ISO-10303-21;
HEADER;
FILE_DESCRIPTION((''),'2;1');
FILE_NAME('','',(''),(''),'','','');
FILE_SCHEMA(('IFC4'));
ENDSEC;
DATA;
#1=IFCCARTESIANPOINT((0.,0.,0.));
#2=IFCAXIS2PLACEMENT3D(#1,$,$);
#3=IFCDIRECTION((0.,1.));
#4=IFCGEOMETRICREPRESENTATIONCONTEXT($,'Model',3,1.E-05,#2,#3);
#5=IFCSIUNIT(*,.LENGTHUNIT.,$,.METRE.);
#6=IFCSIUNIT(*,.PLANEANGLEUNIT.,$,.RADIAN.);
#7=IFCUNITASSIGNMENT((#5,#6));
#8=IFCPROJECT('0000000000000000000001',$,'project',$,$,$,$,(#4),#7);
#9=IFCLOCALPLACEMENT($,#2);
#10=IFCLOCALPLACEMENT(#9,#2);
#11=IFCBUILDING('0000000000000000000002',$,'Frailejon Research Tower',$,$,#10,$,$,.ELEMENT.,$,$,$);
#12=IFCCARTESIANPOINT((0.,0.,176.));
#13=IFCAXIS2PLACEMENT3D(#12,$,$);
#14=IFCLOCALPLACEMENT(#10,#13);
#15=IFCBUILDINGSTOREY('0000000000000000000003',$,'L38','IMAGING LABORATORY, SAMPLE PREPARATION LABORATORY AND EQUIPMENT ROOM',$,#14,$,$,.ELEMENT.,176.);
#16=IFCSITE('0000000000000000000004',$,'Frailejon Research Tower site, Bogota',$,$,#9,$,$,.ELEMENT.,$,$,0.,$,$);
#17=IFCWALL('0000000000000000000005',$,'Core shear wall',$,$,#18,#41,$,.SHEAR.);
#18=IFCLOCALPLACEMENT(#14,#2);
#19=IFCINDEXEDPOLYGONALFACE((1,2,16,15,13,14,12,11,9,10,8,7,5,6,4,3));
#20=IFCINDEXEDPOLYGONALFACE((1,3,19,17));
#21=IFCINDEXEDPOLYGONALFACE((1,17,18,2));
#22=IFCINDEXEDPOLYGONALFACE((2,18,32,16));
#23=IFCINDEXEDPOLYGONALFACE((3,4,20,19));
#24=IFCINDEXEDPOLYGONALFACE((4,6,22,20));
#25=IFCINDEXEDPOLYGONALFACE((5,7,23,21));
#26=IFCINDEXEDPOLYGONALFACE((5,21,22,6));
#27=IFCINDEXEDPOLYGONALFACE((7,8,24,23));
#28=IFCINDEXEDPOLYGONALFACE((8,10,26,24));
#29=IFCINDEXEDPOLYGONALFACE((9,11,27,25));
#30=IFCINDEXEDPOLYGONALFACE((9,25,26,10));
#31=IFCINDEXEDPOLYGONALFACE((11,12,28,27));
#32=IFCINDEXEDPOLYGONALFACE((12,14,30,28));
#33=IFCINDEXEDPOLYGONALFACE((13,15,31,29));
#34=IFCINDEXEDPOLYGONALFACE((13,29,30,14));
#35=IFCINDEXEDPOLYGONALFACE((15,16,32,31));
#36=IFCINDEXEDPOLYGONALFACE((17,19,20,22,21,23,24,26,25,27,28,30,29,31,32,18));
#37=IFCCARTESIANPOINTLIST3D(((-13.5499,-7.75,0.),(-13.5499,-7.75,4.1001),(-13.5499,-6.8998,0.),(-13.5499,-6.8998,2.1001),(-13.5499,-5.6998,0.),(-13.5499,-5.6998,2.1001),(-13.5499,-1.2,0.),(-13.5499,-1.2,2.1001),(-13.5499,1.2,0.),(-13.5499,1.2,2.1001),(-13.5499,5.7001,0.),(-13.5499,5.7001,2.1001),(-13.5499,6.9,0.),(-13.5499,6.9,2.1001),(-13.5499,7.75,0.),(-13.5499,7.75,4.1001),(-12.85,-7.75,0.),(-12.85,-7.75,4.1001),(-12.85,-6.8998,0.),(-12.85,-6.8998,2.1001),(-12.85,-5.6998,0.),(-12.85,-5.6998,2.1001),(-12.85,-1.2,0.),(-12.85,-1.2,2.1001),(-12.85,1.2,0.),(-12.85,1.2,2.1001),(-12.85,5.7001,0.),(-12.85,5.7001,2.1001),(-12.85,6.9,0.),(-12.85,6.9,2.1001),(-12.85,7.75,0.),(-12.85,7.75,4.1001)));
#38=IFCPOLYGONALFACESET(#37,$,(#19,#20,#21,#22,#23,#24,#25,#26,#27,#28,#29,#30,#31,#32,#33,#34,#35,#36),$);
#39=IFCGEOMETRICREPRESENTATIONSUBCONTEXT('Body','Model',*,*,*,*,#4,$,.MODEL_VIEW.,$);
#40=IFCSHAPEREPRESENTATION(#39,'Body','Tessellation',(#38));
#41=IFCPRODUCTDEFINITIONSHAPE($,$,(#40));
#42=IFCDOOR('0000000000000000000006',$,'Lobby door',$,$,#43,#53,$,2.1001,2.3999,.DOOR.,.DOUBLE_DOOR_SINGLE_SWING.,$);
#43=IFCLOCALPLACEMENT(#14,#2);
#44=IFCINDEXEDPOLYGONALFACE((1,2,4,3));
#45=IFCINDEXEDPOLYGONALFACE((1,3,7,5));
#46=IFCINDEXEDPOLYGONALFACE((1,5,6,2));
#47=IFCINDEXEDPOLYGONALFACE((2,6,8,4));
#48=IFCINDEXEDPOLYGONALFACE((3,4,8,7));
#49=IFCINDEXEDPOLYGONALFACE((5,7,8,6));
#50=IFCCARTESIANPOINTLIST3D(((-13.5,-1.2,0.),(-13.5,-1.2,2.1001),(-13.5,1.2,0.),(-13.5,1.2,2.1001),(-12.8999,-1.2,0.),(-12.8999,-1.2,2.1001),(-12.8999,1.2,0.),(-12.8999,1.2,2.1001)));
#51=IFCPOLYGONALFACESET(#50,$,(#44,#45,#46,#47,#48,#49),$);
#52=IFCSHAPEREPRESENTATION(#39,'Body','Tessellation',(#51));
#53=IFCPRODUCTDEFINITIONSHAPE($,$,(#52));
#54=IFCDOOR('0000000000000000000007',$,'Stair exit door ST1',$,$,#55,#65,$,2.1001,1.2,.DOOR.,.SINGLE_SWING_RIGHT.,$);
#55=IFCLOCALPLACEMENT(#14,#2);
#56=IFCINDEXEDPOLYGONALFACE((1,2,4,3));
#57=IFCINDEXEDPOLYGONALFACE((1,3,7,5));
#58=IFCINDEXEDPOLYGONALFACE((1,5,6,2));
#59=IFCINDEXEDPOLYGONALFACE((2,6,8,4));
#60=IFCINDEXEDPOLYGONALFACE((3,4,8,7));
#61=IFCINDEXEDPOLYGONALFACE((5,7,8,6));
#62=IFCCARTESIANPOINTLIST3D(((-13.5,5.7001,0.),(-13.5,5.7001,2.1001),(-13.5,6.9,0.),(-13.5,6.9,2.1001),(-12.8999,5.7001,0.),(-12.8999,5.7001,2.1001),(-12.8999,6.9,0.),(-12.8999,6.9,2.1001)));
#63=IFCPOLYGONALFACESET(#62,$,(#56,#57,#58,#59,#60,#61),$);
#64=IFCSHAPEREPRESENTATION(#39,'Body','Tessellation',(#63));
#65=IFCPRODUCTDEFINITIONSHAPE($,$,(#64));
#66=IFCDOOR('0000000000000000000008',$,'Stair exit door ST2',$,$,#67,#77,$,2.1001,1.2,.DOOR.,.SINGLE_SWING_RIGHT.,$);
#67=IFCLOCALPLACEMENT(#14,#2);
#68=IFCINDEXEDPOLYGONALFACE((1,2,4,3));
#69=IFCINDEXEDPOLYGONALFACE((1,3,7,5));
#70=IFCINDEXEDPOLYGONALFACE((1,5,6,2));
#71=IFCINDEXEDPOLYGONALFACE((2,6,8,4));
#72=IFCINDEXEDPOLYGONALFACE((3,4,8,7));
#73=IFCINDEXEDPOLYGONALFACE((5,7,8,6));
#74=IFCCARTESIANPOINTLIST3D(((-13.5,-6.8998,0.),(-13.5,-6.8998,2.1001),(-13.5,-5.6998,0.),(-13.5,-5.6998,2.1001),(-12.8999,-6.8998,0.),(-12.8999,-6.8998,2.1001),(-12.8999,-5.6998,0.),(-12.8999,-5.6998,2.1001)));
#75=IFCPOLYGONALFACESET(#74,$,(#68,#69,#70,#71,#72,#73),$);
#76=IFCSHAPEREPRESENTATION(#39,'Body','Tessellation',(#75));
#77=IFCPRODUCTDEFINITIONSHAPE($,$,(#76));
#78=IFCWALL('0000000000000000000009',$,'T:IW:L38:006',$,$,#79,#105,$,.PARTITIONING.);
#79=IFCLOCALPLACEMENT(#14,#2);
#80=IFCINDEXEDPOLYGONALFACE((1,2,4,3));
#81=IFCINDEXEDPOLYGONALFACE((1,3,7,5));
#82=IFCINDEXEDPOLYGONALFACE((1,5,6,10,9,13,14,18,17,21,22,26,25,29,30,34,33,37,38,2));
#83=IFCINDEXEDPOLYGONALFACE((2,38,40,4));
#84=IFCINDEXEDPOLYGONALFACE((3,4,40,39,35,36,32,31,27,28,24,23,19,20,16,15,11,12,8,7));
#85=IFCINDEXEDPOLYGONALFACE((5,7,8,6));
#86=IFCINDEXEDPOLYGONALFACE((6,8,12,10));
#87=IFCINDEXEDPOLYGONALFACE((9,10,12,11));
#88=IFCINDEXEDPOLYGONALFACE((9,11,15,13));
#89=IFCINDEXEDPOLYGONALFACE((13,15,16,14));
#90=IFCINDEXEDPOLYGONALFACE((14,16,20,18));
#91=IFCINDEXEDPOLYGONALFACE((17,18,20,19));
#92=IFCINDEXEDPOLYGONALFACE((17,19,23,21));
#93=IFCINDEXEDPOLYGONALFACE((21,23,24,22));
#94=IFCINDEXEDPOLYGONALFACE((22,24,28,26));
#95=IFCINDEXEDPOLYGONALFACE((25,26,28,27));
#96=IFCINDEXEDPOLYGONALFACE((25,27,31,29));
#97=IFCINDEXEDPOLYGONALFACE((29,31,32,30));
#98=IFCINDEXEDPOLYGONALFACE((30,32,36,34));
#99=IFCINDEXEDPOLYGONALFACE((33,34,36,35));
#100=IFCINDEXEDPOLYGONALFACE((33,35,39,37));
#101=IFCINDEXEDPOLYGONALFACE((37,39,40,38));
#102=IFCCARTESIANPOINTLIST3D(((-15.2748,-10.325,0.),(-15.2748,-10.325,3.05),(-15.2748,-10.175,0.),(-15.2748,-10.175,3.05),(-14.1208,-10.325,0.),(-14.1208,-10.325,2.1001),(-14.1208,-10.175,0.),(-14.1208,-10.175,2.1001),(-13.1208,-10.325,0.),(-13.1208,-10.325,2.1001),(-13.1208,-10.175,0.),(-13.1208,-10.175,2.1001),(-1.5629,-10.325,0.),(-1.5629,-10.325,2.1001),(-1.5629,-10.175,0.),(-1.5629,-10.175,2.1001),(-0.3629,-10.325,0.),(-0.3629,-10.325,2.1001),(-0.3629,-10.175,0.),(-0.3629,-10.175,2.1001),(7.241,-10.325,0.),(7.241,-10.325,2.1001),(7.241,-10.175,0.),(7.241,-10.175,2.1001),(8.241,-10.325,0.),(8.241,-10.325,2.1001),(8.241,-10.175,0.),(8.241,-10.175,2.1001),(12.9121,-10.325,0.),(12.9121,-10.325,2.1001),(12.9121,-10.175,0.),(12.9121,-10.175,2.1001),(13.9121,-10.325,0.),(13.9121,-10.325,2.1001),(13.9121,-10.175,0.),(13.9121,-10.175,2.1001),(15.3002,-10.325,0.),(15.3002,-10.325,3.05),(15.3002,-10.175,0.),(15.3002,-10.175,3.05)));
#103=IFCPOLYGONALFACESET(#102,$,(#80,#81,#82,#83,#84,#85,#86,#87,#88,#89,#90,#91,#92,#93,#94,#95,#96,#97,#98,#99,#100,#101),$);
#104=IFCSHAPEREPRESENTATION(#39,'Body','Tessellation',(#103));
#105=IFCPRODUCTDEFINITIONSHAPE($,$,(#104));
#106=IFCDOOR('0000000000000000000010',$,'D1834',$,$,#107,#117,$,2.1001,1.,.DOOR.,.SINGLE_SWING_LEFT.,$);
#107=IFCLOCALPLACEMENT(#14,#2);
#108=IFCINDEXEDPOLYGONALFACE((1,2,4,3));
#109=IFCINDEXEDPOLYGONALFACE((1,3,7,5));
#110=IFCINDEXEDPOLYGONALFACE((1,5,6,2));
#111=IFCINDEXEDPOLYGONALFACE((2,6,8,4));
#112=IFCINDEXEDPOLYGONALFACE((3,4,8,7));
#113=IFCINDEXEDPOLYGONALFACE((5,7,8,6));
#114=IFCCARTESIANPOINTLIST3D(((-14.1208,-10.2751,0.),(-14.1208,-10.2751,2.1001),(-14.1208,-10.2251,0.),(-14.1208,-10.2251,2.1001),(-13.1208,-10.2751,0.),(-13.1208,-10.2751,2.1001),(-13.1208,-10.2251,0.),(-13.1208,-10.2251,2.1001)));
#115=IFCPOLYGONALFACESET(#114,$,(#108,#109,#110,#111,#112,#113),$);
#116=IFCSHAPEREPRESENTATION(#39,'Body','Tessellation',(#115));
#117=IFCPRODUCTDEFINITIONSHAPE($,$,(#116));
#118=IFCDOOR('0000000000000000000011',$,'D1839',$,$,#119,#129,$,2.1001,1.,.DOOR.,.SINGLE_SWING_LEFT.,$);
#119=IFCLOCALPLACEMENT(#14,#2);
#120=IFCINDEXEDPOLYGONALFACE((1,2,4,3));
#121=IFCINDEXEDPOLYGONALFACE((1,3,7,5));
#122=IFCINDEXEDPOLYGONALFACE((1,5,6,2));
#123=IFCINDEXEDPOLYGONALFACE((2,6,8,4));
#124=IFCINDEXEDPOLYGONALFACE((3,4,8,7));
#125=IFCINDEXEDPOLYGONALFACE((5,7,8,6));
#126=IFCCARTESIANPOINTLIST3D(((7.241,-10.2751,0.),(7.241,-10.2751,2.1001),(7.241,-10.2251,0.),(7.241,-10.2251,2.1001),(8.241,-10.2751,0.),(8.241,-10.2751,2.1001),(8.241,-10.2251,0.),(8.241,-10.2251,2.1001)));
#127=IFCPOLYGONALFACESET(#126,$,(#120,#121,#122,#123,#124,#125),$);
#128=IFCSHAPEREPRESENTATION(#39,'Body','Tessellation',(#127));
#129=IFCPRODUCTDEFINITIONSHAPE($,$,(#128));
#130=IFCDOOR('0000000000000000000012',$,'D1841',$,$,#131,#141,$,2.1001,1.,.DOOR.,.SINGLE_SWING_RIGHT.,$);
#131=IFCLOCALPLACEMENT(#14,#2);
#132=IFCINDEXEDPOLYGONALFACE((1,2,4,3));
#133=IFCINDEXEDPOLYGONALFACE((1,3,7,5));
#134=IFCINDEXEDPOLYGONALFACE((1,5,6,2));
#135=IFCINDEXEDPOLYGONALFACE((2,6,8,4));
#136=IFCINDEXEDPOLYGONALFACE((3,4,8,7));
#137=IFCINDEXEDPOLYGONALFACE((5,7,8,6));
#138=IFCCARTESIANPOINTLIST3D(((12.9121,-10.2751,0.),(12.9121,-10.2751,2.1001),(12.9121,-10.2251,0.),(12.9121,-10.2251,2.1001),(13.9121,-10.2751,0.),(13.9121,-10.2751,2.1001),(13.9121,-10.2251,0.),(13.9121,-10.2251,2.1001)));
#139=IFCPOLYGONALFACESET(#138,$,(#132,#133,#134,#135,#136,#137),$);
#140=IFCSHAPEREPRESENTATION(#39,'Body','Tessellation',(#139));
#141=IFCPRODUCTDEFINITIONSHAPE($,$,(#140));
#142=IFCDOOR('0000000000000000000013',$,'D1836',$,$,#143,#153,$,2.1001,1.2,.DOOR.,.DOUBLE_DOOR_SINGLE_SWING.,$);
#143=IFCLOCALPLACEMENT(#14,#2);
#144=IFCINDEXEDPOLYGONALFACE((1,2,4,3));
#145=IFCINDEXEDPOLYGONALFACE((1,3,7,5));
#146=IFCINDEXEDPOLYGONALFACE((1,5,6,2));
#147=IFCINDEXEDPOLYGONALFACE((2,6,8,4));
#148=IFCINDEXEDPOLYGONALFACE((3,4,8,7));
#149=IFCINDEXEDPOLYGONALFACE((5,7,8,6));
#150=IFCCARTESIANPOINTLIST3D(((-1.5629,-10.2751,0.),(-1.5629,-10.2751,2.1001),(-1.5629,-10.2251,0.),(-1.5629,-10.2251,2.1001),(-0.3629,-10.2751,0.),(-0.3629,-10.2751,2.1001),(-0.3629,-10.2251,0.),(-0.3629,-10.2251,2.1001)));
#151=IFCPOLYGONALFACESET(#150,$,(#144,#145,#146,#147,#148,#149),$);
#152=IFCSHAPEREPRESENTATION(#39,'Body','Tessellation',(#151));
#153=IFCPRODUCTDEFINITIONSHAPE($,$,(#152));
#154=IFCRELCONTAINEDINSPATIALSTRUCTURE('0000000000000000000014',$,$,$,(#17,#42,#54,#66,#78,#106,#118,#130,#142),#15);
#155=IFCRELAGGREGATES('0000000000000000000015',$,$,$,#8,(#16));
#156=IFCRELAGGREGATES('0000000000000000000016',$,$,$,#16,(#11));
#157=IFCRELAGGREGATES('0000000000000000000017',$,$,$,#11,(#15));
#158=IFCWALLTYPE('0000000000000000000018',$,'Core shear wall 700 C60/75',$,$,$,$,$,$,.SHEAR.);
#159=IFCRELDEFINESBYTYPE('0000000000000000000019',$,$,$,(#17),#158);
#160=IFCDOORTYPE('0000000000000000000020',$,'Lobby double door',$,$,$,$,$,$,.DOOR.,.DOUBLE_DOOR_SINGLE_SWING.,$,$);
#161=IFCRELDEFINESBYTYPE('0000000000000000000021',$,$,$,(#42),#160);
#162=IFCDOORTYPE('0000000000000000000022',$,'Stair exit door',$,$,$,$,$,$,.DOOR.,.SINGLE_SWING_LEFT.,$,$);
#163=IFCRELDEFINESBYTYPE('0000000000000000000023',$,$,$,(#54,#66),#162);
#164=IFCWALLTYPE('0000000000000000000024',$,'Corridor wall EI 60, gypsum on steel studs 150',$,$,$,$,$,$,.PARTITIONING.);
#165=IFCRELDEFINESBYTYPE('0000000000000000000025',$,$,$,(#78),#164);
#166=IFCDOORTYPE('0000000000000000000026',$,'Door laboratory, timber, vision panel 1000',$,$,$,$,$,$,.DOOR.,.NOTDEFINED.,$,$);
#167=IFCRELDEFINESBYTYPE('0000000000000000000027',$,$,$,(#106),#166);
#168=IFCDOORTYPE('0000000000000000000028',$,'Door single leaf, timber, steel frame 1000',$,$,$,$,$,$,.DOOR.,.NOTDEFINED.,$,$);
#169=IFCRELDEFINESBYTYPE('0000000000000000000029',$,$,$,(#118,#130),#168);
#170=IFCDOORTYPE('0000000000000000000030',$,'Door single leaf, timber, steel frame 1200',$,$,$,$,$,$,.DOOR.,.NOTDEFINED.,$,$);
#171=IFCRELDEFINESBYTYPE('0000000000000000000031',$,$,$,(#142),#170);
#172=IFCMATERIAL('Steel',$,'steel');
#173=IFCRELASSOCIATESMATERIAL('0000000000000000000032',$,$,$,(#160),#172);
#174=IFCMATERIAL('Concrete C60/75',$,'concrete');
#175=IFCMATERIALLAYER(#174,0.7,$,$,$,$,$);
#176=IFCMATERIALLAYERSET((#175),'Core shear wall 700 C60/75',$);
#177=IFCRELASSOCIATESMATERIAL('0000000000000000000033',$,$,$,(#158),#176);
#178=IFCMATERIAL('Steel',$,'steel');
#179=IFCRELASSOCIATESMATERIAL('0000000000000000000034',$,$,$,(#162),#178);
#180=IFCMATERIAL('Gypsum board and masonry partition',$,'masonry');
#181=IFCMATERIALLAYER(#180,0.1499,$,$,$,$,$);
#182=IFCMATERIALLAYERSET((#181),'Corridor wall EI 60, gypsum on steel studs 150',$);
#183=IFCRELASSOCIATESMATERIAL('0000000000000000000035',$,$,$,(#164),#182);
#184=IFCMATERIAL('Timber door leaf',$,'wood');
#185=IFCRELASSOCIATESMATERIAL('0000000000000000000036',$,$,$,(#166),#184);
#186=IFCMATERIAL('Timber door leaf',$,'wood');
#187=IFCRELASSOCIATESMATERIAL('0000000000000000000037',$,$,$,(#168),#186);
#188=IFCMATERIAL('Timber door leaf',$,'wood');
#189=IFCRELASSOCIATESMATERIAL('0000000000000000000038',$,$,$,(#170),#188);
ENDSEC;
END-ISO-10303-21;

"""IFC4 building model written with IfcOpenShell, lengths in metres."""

from ifc_helpers import new_model, si_unit, direction, frame, frame_2d, origin, place, context, subcontext, project, spatial, rectangle, extrude, material, layer, layer_set, type_object, element, fill, save


model = new_model("IFC4")

# Units and contexts
model_context = context("Model", 3, precision=1e-05, world=origin(), true_north=direction((0.0, 1.0)))
body_context = subcontext(model_context, "Body", "Model", "MODEL_VIEW")
ifc_project = project(units=[si_unit("LENGTHUNIT", "METRE"), si_unit("PLANEANGLEUNIT", "RADIAN")], contexts=[model_context])

# Site, building, storey
site_placement = place(None, origin())
site = spatial("IfcSite", under=ifc_project, at=site_placement, Name="Frailejon Research Tower site, Bogota", CompositionType="ELEMENT", RefElevation=0.0)
building_placement = place(site_placement, origin())
building = spatial("IfcBuilding", under=site, at=building_placement, Name="Frailejon Research Tower", CompositionType="ELEMENT")
storey_placement = place(building_placement, frame((0.0, 0.0, 176.0)))
storey = spatial("IfcBuildingStorey", under=building, at=storey_placement, Name="L38", Description="IMAGING LABORATORY, SAMPLE PREPARATION LABORATORY AND EQUIPMENT ROOM", CompositionType="ELEMENT", Elevation=176.0)

# Shared definitions
ifc_material_1 = material(Name="Steel", Category="steel")
door_type_1 = type_object("IfcDoorType", Name="Lobby double door", OperationType="DOUBLE_DOOR_SINGLE_SWING", PredefinedType="DOOR", material=ifc_material_1)

# Shared definitions
ifc_material_2 = material(Name="Concrete C60/75", Category="concrete")
ifc_layer_1 = layer(ifc_material_2, 0.7)
ifc_layer_set_1 = layer_set([ifc_layer_1], Name="Core shear wall 700 C60/75")
wall_type_1 = type_object("IfcWallType", Name="Core shear wall 700 C60/75", PredefinedType="SHEAR", material=ifc_layer_set_1)

# Walls, openings, doors
wall_1_placement = place(storey_placement, frame((-13.2, -7.75, 0.0), z_axis=(0.0, 0.0, 1.0), x_axis=(0.0, 1.0, 0.0)))
wall_1 = element("IfcWall", 1, at=wall_1_placement, inside=storey, type_object=wall_type_1, Name="Core shear wall", PredefinedType="SHEAR", context=body_context, shape_type="SweptSolid", body=[
    extrude(rectangle(XDim=15.5, YDim=0.7, at=frame_2d((7.75, 0.0))), origin(), (0.0, 0.0, 1.0), 4.1001),
])
opening_1_placement = place(wall_1_placement, frame((6.55, 0.0, 0.0)))
opening_1 = element("IfcOpeningElement", 2, at=opening_1_placement, cuts=wall_1, PredefinedType="OPENING", context=body_context, shape_type="SweptSolid", body=[
    extrude(rectangle(XDim=2.3999, YDim=2.1001, at=frame_2d((1.2, 1.05))), frame((0.0, 0.3599, 0.0), z_axis=(0.0, -1.0, 0.0), x_axis=(1.0, 0.0, 0.0)), (0.0, 0.0, 1.0), 0.72),
])
opening_2_placement = place(wall_1_placement, frame((13.45, 0.0, 0.0)))
opening_2 = element("IfcOpeningElement", 3, at=opening_2_placement, cuts=wall_1, PredefinedType="OPENING", context=body_context, shape_type="SweptSolid", body=[
    extrude(rectangle(XDim=1.2, YDim=2.1001, at=frame_2d((0.6001, 1.05))), frame((0.0, 0.3599, 0.0), z_axis=(0.0, -1.0, 0.0), x_axis=(1.0, 0.0, 0.0)), (0.0, 0.0, 1.0), 0.72),
])
opening_3_placement = place(wall_1_placement, frame((0.8501, 0.0, 0.0)))
opening_3 = element("IfcOpeningElement", 4, at=opening_3_placement, cuts=wall_1, PredefinedType="OPENING", context=body_context, shape_type="SweptSolid", body=[
    extrude(rectangle(XDim=1.2, YDim=2.1001, at=frame_2d((0.6001, 1.05))), frame((0.0, 0.3599, 0.0), z_axis=(0.0, -1.0, 0.0), x_axis=(1.0, 0.0, 0.0)), (0.0, 0.0, 1.0), 0.72),
])
door_1_placement = place(opening_1_placement, origin())
door_1 = element("IfcDoor", 5, at=door_1_placement, inside=storey, type_object=door_type_1, Name="Lobby door", OperationType="DOUBLE_DOOR_SINGLE_SWING", OverallHeight=2.1001, OverallWidth=2.3999, PredefinedType="DOOR", context=body_context, shape_type="SweptSolid", body=[
    extrude(rectangle(XDim=2.3999, YDim=2.1001, at=frame_2d((1.2, 1.05))), frame((0.0, 0.3, 0.0), z_axis=(0.0, -1.0, 0.0), x_axis=(1.0, 0.0, 0.0)), (0.0, 0.0, 1.0), 0.6001),
])
fill(opening_1, door_1)
ifc_material_3 = material(Name="Steel", Category="steel")
door_type_2 = type_object("IfcDoorType", Name="Stair exit door", OperationType="SINGLE_SWING_LEFT", PredefinedType="DOOR", material=ifc_material_3)
door_2_placement = place(opening_2_placement, origin())
door_2 = element("IfcDoor", 6, at=door_2_placement, inside=storey, type_object=door_type_2, Name="Stair exit door ST1", OperationType="SINGLE_SWING_RIGHT", OverallHeight=2.1001, OverallWidth=1.2, PredefinedType="DOOR", context=body_context, shape_type="SweptSolid", body=[
    extrude(rectangle(XDim=1.2, YDim=2.1001, at=frame_2d((0.6001, 1.05))), frame((0.0, 0.3, 0.0), z_axis=(0.0, -1.0, 0.0), x_axis=(1.0, 0.0, 0.0)), (0.0, 0.0, 1.0), 0.6001),
])
fill(opening_2, door_2)
door_3_placement = place(opening_3_placement, origin())
door_3 = element("IfcDoor", 7, at=door_3_placement, inside=storey, type_object=door_type_2, Name="Stair exit door ST2", OperationType="SINGLE_SWING_RIGHT", OverallHeight=2.1001, OverallWidth=1.2, PredefinedType="DOOR", context=body_context, shape_type="SweptSolid", body=[
    extrude(rectangle(XDim=1.2, YDim=2.1001, at=frame_2d((0.6001, 1.05))), frame((0.0, 0.3, 0.0), z_axis=(0.0, -1.0, 0.0), x_axis=(1.0, 0.0, 0.0)), (0.0, 0.0, 1.0), 0.6001),
])
fill(opening_3, door_3)
ifc_material_4 = material(Name="Gypsum board and masonry partition", Category="masonry")
ifc_layer_2 = layer(ifc_material_4, 0.1499)
ifc_layer_set_2 = layer_set([ifc_layer_2], Name="Corridor wall EI 60, gypsum on steel studs 150")
wall_type_2 = type_object("IfcWallType", Name="Corridor wall EI 60, gypsum on steel studs 150", PredefinedType="PARTITIONING", material=ifc_layer_set_2)
wall_2_placement = place(storey_placement, frame((-15.2749, -10.25, 0.0), z_axis=(0.0, 0.0, 1.0), x_axis=(1.0, 0.0, 0.0)))
wall_2 = element("IfcWall", 8, at=wall_2_placement, inside=storey, type_object=wall_type_2, Name="T:IW:L38:006", PredefinedType="PARTITIONING", context=body_context, shape_type="SweptSolid", body=[
    extrude(rectangle(XDim=30.575, YDim=0.1499, at=frame_2d((15.2876, 0.0))), origin(), (0.0, 0.0, 1.0), 3.05),
])
opening_4_placement = place(wall_2_placement, frame((1.1541, 0.0, 0.0)))
opening_4 = element("IfcOpeningElement", 9, at=opening_4_placement, cuts=wall_2, PredefinedType="OPENING", context=body_context, shape_type="SweptSolid", body=[
    extrude(rectangle(XDim=1.0, YDim=2.1001, at=frame_2d((0.5, 1.05))), frame((0.0, 0.085, 0.0), z_axis=(0.0, -1.0, 0.0), x_axis=(1.0, 0.0, 0.0)), (0.0, 0.0, 1.0), 0.1699),
])
opening_5_placement = place(wall_2_placement, frame((13.7119, 0.0, 0.0)))
opening_5 = element("IfcOpeningElement", 10, at=opening_5_placement, cuts=wall_2, PredefinedType="OPENING", context=body_context, shape_type="SweptSolid", body=[
    extrude(rectangle(XDim=1.2, YDim=2.1001, at=frame_2d((0.6001, 1.05))), frame((0.0, 0.085, 0.0), z_axis=(0.0, -1.0, 0.0), x_axis=(1.0, 0.0, 0.0)), (0.0, 0.0, 1.0), 0.1699),
])
opening_6_placement = place(wall_2_placement, frame((22.5159, 0.0, 0.0)))
opening_6 = element("IfcOpeningElement", 11, at=opening_6_placement, cuts=wall_2, PredefinedType="OPENING", context=body_context, shape_type="SweptSolid", body=[
    extrude(rectangle(XDim=1.0, YDim=2.1001, at=frame_2d((0.5, 1.05))), frame((0.0, 0.085, 0.0), z_axis=(0.0, -1.0, 0.0), x_axis=(1.0, 0.0, 0.0)), (0.0, 0.0, 1.0), 0.1699),
])
opening_7_placement = place(wall_2_placement, frame((28.187, 0.0, 0.0)))
opening_7 = element("IfcOpeningElement", 12, at=opening_7_placement, cuts=wall_2, PredefinedType="OPENING", context=body_context, shape_type="SweptSolid", body=[
    extrude(rectangle(XDim=1.0, YDim=2.1001, at=frame_2d((0.5, 1.05))), frame((0.0, 0.085, 0.0), z_axis=(0.0, -1.0, 0.0), x_axis=(1.0, 0.0, 0.0)), (0.0, 0.0, 1.0), 0.1699),
])
ifc_material_5 = material(Name="Timber door leaf", Category="wood")
door_type_3 = type_object("IfcDoorType", Name="Door laboratory, timber, vision panel 1000", OperationType="NOTDEFINED", PredefinedType="DOOR", material=ifc_material_5)
door_4_placement = place(opening_4_placement, origin())
door_4 = element("IfcDoor", 13, at=door_4_placement, inside=storey, type_object=door_type_3, Name="D1834", OperationType="SINGLE_SWING_LEFT", OverallHeight=2.1001, OverallWidth=1.0, PredefinedType="DOOR", context=body_context, shape_type="SweptSolid", body=[
    extrude(rectangle(XDim=1.0, YDim=2.1001, at=frame_2d((0.5, 1.05))), frame((0.0, 0.0249, 0.0), z_axis=(0.0, -1.0, 0.0), x_axis=(1.0, 0.0, 0.0)), (0.0, 0.0, 1.0), 0.05),
])
fill(opening_4, door_4)
ifc_material_6 = material(Name="Timber door leaf", Category="wood")
door_type_4 = type_object("IfcDoorType", Name="Door single leaf, timber, steel frame 1000", OperationType="NOTDEFINED", PredefinedType="DOOR", material=ifc_material_6)
door_5_placement = place(opening_6_placement, origin())
door_5 = element("IfcDoor", 14, at=door_5_placement, inside=storey, type_object=door_type_4, Name="D1839", OperationType="SINGLE_SWING_LEFT", OverallHeight=2.1001, OverallWidth=1.0, PredefinedType="DOOR", context=body_context, shape_type="SweptSolid", body=[
    extrude(rectangle(XDim=1.0, YDim=2.1001, at=frame_2d((0.5, 1.05))), frame((0.0, 0.0249, 0.0), z_axis=(0.0, -1.0, 0.0), x_axis=(1.0, 0.0, 0.0)), (0.0, 0.0, 1.0), 0.05),
])
fill(opening_6, door_5)
door_6_placement = place(opening_7_placement, origin())
door_6 = element("IfcDoor", 15, at=door_6_placement, inside=storey, type_object=door_type_4, Name="D1841", OperationType="SINGLE_SWING_RIGHT", OverallHeight=2.1001, OverallWidth=1.0, PredefinedType="DOOR", context=body_context, shape_type="SweptSolid", body=[
    extrude(rectangle(XDim=1.0, YDim=2.1001, at=frame_2d((0.5, 1.05))), frame((0.0, 0.0249, 0.0), z_axis=(0.0, -1.0, 0.0), x_axis=(1.0, 0.0, 0.0)), (0.0, 0.0, 1.0), 0.05),
])
fill(opening_7, door_6)
ifc_material_7 = material(Name="Timber door leaf", Category="wood")
door_type_5 = type_object("IfcDoorType", Name="Door single leaf, timber, steel frame 1200", OperationType="NOTDEFINED", PredefinedType="DOOR", material=ifc_material_7)
door_7_placement = place(opening_5_placement, origin())
door_7 = element("IfcDoor", 16, at=door_7_placement, inside=storey, type_object=door_type_5, Name="D1836", OperationType="DOUBLE_DOOR_SINGLE_SWING", OverallHeight=2.1001, OverallWidth=1.2, PredefinedType="DOOR", context=body_context, shape_type="SweptSolid", body=[
    extrude(rectangle(XDim=1.2, YDim=2.1001, at=frame_2d((0.6001, 1.05))), frame((0.0, 0.0249, 0.0), z_axis=(0.0, -1.0, 0.0), x_axis=(1.0, 0.0, 0.0)), (0.0, 0.0, 1.0), 0.05),
])
fill(opening_5, door_7)

save(model, "model.ifc")
